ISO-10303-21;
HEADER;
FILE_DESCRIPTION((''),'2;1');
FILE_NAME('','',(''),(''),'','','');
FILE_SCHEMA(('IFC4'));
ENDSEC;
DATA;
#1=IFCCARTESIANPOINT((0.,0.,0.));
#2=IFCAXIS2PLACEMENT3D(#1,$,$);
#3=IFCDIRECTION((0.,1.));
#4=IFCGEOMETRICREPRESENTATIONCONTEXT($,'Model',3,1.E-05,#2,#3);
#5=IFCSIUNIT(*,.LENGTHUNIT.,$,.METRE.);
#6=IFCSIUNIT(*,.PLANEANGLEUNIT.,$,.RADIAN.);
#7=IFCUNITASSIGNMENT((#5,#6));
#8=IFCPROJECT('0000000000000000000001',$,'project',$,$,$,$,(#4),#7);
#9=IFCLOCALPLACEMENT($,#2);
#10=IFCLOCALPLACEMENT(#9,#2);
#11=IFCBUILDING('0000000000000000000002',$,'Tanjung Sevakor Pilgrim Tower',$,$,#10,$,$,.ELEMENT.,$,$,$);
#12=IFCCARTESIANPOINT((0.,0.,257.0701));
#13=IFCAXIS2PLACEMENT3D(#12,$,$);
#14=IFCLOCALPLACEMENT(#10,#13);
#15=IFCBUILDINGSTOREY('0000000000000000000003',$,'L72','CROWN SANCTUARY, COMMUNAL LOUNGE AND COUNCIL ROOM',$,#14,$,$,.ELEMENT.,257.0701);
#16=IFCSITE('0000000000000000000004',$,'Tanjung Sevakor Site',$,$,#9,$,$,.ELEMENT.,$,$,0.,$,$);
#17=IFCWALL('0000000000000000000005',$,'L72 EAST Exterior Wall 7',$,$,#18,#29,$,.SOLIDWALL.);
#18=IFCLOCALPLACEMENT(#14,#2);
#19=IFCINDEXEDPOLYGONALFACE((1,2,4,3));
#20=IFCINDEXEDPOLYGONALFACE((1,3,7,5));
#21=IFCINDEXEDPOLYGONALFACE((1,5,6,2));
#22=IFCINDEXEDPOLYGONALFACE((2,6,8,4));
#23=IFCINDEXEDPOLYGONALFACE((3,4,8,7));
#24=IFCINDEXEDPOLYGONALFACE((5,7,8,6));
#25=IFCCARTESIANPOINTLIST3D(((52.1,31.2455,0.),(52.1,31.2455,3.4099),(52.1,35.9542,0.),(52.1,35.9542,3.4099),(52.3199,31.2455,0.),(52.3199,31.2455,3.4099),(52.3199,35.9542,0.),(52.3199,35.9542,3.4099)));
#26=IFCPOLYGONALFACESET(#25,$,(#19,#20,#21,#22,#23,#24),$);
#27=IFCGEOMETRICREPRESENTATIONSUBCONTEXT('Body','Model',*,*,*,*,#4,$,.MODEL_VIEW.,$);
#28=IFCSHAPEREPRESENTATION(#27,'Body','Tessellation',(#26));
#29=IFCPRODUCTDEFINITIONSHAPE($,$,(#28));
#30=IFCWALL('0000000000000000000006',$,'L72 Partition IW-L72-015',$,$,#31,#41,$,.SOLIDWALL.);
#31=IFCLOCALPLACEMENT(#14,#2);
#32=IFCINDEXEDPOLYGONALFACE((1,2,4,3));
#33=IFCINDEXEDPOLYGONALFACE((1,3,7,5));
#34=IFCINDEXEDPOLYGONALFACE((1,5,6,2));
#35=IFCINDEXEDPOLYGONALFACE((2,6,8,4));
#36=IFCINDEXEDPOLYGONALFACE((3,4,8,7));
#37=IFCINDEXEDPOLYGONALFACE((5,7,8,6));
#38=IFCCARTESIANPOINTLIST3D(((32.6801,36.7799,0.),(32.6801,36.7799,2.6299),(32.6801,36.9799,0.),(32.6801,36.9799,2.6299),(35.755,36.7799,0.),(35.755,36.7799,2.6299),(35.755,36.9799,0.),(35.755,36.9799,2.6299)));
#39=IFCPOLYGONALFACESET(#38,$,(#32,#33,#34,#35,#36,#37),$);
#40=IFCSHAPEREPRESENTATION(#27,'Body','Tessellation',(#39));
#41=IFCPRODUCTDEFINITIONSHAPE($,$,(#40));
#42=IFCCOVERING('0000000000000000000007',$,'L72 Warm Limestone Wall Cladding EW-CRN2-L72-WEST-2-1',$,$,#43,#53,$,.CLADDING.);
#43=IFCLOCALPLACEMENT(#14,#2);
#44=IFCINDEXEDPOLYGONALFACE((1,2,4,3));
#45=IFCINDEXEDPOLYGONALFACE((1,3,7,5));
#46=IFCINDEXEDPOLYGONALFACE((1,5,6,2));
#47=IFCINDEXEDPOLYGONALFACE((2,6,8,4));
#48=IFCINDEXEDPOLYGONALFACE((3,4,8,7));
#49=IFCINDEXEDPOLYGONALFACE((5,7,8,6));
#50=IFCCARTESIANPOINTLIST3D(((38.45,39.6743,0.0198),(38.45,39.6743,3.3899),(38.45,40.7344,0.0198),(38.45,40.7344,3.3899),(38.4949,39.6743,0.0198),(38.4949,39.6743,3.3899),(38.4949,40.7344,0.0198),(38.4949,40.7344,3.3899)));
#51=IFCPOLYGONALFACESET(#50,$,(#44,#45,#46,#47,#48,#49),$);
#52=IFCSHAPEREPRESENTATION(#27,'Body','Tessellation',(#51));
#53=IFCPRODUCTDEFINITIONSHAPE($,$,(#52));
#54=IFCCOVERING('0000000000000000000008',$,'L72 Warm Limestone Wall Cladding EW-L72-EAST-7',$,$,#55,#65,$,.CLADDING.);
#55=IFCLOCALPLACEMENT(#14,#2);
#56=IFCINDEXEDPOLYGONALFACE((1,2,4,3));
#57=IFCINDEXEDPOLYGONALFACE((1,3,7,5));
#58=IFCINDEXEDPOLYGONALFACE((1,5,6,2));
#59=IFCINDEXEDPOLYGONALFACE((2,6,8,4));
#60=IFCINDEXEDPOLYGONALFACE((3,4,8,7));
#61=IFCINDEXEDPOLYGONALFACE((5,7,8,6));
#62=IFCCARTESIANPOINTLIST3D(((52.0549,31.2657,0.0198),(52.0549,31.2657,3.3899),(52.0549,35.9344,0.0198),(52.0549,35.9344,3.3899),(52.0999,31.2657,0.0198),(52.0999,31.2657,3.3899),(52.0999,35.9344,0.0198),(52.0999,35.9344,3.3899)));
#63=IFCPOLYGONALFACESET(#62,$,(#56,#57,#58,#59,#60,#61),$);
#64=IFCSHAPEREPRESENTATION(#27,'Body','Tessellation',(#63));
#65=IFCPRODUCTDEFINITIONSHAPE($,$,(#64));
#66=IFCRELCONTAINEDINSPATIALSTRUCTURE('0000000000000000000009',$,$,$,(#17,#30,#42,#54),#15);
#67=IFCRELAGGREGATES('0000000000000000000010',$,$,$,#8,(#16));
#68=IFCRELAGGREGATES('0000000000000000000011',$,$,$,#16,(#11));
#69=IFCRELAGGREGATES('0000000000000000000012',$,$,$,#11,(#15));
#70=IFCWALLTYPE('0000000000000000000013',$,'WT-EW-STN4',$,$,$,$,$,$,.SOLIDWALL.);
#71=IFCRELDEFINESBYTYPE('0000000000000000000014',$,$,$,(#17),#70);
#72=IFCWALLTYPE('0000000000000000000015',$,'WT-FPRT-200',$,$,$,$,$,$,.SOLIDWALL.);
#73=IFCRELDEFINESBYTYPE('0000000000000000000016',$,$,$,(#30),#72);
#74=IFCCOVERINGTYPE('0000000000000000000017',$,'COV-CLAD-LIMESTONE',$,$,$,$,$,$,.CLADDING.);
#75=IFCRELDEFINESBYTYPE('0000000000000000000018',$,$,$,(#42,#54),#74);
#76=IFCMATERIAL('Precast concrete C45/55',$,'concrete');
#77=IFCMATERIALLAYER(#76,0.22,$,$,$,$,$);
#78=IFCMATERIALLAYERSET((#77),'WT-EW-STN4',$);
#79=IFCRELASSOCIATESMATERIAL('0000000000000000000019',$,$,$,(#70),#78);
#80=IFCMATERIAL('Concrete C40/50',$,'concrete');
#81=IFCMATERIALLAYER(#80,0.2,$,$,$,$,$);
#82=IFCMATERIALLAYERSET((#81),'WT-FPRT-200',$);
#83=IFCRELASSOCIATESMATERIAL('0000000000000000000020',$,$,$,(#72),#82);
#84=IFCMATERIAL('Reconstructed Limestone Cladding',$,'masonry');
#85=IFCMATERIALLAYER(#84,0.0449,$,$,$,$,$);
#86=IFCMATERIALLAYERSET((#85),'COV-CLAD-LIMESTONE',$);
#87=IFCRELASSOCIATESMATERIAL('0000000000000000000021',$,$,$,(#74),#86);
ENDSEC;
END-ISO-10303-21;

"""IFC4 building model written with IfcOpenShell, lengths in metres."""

from ifc_helpers import new_model, si_unit, direction, frame, frame_2d, origin, origin_2d, place, context, subcontext, project, spatial, rectangle, extrude, material, layer, layer_set, type_object, element, save


model = new_model("IFC4")

# Units and contexts
model_context = context("Model", 3, precision=1e-05, world=origin(), true_north=direction((0.0, 1.0)))
body_context = subcontext(model_context, "Body", "Model", "MODEL_VIEW")
ifc_project = project(units=[si_unit("LENGTHUNIT", "METRE"), si_unit("PLANEANGLEUNIT", "RADIAN")], contexts=[model_context])

# Site, building, storey
site_placement = place(None, origin())
site = spatial("IfcSite", under=ifc_project, at=site_placement, Name="Tanjung Sevakor Site", CompositionType="ELEMENT", RefElevation=0.0)
building_placement = place(site_placement, origin())
building = spatial("IfcBuilding", under=site, at=building_placement, Name="Tanjung Sevakor Pilgrim Tower", CompositionType="ELEMENT")
storey_placement = place(building_placement, frame((0.0, 0.0, 257.0701)))
storey = spatial("IfcBuildingStorey", under=building, at=storey_placement, Name="L72", Description="CROWN SANCTUARY, COMMUNAL LOUNGE AND COUNCIL ROOM", CompositionType="ELEMENT", Elevation=257.0701)

# Walls
ifc_material_1 = material(Name="Precast concrete C45/55", Category="concrete")
ifc_layer_1 = layer(ifc_material_1, 0.22)
ifc_layer_set_1 = layer_set([ifc_layer_1], Name="WT-EW-STN4")
wall_type_1 = type_object("IfcWallType", Name="WT-EW-STN4", PredefinedType="SOLIDWALL", material=ifc_layer_set_1)
wall_1_placement = place(storey_placement, frame((52.21, 35.9543, 0.0), z_axis=(0.0, 0.0, 1.0), x_axis=(0.0, -1.0, 0.0)))
element("IfcWall", 1, at=wall_1_placement, inside=storey, type_object=wall_type_1, Name="L72 EAST Exterior Wall 7", PredefinedType="SOLIDWALL", context=body_context, shape_type="SweptSolid", body=[
    extrude(rectangle(XDim=4.7087, YDim=0.22, at=frame_2d((2.3545, 0.0))), origin(), (0.0, 0.0, 1.0), 3.4099),
])
ifc_material_2 = material(Name="Concrete C40/50", Category="concrete")
ifc_layer_2 = layer(ifc_material_2, 0.2)
ifc_layer_set_2 = layer_set([ifc_layer_2], Name="WT-FPRT-200")
wall_type_2 = type_object("IfcWallType", Name="WT-FPRT-200", PredefinedType="SOLIDWALL", material=ifc_layer_set_2)
wall_2_placement = place(storey_placement, frame((32.6799, 36.8799, 0.0), z_axis=(0.0, 0.0, 1.0), x_axis=(1.0, 0.0, 0.0)))
element("IfcWall", 2, at=wall_2_placement, inside=storey, type_object=wall_type_2, Name="L72 Partition IW-L72-015", PredefinedType="SOLIDWALL", context=body_context, shape_type="SweptSolid", body=[
    extrude(rectangle(XDim=3.075, YDim=0.2, at=frame_2d((1.5376, 0.0))), origin(), (0.0, 0.0, 1.0), 2.6299),
])

# Coverings
ifc_material_3 = material(Name="Reconstructed Limestone Cladding", Category="masonry")
ifc_layer_3 = layer(ifc_material_3, 0.0449)
ifc_layer_set_3 = layer_set([ifc_layer_3], Name="COV-CLAD-LIMESTONE")
covering_type = type_object("IfcCoveringType", Name="COV-CLAD-LIMESTONE", PredefinedType="CLADDING", material=ifc_layer_set_3)
covering_1_placement = place(storey_placement, frame((38.4724, 40.2043, 0.0198), z_axis=(0.0, 0.0, 1.0), x_axis=(0.0, 1.0, 0.0)))
element("IfcCovering", 3, at=covering_1_placement, inside=storey, type_object=covering_type, Name="L72 Warm Limestone Wall Cladding EW-CRN2-L72-WEST-2-1", PredefinedType="CLADDING", context=body_context, shape_type="SweptSolid", body=[
    extrude(rectangle(XDim=1.0601, YDim=0.0449, at=origin_2d()), origin(), (0.0, 0.0, 1.0), 3.3701),
])
covering_2_placement = place(storey_placement, frame((52.0774, 33.6001, 0.0198), z_axis=(0.0, 0.0, 1.0), x_axis=(0.0, -1.0, 0.0)))
element("IfcCovering", 4, at=covering_2_placement, inside=storey, type_object=covering_type, Name="L72 Warm Limestone Wall Cladding EW-L72-EAST-7", PredefinedType="CLADDING", context=body_context, shape_type="SweptSolid", body=[
    extrude(rectangle(XDim=4.6687, YDim=0.0449, at=origin_2d()), origin(), (0.0, 0.0, 1.0), 3.3701),
])

save(model, "model.ifc")
